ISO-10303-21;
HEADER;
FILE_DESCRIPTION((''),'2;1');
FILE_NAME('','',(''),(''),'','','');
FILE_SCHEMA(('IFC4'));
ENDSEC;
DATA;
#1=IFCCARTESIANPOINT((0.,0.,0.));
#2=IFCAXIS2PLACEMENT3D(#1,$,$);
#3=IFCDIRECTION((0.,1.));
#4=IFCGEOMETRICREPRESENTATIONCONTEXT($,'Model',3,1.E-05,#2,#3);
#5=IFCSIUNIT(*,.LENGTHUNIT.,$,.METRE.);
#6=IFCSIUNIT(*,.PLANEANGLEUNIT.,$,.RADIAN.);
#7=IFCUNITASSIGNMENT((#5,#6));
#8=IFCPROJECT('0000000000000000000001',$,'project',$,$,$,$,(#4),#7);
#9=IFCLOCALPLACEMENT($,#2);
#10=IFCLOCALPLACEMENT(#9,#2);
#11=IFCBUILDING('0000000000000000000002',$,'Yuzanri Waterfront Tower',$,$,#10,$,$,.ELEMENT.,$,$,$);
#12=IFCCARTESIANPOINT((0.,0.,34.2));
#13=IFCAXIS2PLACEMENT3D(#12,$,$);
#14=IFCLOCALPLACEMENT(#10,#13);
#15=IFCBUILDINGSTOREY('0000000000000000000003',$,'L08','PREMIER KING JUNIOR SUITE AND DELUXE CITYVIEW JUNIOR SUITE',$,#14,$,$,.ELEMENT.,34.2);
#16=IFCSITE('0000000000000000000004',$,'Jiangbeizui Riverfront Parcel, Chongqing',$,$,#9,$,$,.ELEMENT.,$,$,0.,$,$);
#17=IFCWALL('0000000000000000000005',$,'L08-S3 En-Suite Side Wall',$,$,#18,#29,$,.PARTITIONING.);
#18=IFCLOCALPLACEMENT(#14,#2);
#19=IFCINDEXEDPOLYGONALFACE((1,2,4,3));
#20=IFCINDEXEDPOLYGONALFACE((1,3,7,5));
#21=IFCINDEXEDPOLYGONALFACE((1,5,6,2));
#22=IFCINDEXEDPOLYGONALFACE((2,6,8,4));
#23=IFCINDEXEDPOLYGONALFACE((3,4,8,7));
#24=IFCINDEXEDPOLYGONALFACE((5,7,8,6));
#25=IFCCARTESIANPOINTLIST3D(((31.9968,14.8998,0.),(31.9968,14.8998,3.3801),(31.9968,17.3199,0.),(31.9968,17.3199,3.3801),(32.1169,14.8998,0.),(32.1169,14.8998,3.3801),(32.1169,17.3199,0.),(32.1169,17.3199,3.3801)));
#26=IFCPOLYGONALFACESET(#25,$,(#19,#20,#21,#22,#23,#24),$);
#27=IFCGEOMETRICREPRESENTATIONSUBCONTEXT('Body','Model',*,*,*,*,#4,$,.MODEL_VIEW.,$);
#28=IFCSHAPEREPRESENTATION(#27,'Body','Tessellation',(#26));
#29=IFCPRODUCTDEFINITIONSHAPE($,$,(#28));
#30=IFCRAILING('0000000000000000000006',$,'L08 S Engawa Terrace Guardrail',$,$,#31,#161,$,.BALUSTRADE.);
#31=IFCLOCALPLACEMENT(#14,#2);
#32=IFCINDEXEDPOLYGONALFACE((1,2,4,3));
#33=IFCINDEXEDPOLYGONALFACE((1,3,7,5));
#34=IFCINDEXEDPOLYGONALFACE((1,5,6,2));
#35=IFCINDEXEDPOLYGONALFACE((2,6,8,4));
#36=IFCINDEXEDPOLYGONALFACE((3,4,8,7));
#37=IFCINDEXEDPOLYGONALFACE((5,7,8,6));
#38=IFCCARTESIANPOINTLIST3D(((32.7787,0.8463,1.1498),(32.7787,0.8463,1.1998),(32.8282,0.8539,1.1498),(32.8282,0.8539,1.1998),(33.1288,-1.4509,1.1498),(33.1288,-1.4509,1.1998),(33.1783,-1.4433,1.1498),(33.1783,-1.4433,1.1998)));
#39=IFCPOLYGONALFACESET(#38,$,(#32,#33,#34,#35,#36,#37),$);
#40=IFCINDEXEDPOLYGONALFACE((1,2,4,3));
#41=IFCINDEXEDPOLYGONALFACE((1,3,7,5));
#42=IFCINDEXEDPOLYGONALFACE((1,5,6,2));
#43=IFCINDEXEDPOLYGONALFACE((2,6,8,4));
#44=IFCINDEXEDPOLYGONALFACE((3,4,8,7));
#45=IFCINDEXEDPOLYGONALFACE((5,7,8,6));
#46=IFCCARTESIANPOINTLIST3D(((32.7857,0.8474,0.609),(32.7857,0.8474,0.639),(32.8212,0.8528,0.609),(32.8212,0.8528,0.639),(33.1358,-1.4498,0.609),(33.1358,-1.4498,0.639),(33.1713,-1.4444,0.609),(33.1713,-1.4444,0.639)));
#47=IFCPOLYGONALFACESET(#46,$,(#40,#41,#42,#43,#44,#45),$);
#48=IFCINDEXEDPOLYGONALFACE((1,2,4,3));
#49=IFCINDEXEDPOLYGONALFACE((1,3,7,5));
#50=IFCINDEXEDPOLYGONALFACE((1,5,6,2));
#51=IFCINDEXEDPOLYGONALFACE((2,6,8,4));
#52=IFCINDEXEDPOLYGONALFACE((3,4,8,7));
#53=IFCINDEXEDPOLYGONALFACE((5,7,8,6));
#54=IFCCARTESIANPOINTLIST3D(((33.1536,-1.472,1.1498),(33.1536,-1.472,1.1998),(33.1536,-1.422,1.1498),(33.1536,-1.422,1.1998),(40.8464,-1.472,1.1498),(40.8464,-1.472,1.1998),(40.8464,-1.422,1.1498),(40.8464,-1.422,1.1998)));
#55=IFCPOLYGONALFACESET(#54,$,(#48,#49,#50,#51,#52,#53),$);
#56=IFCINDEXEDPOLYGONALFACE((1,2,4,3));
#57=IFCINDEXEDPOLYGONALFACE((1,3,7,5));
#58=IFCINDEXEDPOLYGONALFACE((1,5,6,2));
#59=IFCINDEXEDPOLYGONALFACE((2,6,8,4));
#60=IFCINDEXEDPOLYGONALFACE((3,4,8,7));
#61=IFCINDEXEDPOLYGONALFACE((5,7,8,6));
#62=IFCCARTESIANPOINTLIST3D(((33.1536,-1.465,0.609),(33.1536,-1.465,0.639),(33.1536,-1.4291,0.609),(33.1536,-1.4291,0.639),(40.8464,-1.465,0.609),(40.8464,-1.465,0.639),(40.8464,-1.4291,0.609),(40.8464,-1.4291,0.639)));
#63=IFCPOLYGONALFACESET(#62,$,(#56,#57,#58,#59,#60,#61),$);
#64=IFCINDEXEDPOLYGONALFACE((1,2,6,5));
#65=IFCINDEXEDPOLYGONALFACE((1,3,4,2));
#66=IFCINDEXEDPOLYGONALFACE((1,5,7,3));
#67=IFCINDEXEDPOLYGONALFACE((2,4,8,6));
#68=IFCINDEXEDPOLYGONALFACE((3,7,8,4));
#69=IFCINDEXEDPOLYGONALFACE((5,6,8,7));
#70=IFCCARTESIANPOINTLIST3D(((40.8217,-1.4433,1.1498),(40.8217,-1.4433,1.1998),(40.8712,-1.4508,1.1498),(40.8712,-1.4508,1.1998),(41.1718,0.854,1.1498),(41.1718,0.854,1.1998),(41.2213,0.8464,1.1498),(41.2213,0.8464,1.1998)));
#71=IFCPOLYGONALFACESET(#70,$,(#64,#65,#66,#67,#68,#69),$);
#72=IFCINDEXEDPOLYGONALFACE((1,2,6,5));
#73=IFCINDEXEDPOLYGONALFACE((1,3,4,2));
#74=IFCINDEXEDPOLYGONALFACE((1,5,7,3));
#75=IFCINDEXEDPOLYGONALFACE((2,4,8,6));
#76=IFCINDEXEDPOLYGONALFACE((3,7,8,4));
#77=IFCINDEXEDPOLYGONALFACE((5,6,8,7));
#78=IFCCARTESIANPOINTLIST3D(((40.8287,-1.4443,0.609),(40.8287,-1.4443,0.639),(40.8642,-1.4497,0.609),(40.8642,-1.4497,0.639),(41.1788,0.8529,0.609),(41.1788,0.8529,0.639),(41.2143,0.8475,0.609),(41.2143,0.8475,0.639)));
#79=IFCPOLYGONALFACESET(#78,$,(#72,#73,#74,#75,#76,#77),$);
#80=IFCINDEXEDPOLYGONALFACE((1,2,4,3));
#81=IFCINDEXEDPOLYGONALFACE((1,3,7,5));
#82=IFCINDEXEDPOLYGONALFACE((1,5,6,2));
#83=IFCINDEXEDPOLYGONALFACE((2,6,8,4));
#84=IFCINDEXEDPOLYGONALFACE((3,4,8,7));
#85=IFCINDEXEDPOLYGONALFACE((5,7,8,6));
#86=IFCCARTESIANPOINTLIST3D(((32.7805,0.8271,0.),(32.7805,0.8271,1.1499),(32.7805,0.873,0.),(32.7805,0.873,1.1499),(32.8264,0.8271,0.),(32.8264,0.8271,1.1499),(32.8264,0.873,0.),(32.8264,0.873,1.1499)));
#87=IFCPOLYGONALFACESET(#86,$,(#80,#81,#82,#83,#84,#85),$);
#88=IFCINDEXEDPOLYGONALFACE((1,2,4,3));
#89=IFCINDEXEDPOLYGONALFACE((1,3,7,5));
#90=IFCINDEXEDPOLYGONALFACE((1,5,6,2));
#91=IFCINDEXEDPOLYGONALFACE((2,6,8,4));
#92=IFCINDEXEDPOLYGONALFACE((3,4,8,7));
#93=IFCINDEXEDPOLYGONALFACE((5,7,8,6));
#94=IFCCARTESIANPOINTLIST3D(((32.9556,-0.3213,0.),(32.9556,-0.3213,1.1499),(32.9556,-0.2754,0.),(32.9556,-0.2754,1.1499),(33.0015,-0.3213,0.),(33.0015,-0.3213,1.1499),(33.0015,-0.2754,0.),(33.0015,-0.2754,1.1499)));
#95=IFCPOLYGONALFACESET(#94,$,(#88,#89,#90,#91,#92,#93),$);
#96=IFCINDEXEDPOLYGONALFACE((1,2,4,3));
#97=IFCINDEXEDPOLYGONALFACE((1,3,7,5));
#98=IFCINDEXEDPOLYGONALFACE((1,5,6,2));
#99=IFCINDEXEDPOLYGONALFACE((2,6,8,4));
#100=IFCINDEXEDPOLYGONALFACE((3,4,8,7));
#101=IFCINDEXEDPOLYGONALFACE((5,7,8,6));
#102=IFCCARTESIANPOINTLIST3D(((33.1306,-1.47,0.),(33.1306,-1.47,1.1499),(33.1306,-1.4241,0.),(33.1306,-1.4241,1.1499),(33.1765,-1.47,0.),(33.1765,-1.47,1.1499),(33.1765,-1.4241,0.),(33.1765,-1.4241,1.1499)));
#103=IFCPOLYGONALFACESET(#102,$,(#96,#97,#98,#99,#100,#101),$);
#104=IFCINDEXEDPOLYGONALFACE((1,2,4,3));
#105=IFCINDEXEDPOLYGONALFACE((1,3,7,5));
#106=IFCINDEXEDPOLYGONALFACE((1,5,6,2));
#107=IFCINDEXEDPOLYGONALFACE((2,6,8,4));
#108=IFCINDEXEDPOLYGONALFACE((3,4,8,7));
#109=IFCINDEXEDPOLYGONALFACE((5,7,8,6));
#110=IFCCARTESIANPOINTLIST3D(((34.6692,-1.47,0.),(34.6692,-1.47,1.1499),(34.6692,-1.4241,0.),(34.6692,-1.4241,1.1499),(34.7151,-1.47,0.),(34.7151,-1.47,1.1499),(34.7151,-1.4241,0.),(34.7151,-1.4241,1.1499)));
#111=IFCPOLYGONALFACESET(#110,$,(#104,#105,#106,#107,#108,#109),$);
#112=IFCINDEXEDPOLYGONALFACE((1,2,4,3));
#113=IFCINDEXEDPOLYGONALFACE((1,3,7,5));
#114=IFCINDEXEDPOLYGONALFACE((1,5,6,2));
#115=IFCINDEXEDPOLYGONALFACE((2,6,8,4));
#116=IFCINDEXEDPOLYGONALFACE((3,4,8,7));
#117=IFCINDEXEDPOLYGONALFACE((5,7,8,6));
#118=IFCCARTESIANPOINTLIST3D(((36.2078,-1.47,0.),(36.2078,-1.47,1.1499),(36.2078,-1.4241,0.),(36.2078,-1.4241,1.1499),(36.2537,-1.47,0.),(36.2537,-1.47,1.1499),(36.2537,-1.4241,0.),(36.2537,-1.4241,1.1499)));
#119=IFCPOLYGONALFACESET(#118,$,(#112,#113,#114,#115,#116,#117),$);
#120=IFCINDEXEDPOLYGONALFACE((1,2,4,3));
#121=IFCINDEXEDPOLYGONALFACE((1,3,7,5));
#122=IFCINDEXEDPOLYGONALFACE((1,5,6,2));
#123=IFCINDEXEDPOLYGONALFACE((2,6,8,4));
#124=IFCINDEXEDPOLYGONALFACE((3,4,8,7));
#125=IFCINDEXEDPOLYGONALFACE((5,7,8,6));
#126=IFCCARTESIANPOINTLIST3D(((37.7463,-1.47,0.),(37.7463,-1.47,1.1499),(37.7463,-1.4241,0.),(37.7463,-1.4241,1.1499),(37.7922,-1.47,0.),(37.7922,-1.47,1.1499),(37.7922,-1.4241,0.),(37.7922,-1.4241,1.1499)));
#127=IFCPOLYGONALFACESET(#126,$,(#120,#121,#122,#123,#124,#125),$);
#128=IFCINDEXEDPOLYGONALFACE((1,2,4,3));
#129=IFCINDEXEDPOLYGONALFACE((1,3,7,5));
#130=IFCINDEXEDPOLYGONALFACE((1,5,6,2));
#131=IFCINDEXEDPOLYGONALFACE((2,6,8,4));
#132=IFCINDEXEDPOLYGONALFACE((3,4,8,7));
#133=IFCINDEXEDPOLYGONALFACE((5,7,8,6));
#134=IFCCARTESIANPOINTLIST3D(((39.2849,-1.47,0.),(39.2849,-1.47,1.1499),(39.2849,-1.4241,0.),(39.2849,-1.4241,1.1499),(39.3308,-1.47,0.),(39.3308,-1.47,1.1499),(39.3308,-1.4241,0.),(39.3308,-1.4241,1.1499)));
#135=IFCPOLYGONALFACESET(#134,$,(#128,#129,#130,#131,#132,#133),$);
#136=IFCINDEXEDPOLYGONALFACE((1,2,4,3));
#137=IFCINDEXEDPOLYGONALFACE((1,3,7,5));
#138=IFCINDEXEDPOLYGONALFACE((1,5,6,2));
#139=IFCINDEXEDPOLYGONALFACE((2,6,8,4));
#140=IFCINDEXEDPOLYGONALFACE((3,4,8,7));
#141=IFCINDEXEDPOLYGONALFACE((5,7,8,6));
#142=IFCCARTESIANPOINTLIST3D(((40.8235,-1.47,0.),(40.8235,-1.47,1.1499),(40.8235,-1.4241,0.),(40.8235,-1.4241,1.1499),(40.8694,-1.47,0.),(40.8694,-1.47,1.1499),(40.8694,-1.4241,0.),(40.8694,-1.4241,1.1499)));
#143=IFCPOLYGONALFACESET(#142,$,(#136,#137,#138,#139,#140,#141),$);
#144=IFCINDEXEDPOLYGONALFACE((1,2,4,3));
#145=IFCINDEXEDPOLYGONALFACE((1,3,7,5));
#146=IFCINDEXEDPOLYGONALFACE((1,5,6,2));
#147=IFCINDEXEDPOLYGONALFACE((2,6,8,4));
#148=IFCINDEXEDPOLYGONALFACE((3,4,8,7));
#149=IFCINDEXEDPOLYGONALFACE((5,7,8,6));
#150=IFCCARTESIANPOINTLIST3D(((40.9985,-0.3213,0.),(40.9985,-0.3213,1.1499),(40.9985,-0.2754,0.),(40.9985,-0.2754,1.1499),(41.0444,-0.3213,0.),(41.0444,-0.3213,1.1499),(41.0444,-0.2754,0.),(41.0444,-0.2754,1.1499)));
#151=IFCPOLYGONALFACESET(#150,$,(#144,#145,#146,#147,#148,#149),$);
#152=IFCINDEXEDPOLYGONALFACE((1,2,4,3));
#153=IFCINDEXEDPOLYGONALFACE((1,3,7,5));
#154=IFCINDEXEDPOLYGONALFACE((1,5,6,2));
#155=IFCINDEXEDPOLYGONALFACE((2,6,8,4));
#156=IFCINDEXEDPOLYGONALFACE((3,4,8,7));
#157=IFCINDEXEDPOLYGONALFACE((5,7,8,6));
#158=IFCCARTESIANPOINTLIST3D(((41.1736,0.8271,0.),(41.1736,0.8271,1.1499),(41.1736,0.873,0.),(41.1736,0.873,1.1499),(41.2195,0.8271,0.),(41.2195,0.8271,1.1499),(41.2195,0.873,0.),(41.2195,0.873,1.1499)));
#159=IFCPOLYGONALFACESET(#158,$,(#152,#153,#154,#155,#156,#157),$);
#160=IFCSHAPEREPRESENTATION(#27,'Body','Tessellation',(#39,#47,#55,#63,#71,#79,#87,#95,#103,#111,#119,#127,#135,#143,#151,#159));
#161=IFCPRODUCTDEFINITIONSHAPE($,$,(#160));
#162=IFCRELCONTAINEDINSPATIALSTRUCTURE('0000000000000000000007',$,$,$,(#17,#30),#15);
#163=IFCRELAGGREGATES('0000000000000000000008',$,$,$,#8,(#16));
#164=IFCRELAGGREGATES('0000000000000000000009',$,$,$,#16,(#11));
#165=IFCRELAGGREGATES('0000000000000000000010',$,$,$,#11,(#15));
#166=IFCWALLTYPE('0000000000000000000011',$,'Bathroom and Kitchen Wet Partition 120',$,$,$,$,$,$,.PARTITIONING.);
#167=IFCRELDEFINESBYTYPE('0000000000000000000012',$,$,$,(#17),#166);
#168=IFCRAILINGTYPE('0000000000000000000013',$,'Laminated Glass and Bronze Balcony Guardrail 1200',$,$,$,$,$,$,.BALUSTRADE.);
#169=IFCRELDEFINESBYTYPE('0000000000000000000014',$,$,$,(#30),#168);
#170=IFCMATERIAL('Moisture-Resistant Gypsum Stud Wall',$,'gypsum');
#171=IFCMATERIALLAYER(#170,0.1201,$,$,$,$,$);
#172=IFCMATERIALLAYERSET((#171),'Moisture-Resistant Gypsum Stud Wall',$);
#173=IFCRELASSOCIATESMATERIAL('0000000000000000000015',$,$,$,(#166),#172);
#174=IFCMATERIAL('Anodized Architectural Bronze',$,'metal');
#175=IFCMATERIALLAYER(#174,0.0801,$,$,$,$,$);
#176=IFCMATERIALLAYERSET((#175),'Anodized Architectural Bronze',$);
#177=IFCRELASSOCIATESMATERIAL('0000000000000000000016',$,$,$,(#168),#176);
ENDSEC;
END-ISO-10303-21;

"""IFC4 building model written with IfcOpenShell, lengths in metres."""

from ifc_helpers import new_model, si_unit, direction, frame, frame_2d, origin, origin_2d, place, context, subcontext, project, spatial, rectangle, extrude, source, transform, mapped, material, layer, layer_set, type_object, element, save


model = new_model("IFC4")

# Units and contexts
model_context = context("Model", 3, precision=1e-05, world=origin(), true_north=direction((0.0, 1.0)))
body_context = subcontext(model_context, "Body", "Model", "MODEL_VIEW")
ifc_project = project(units=[si_unit("LENGTHUNIT", "METRE"), si_unit("PLANEANGLEUNIT", "RADIAN")], contexts=[model_context])

# Site, building, storey
site_placement = place(None, origin())
site = spatial("IfcSite", under=ifc_project, at=site_placement, Name="Jiangbeizui Riverfront Parcel, Chongqing", CompositionType="ELEMENT", RefElevation=0.0)
building_placement = place(site_placement, origin())
building = spatial("IfcBuilding", under=site, at=building_placement, Name="Yuzanri Waterfront Tower", CompositionType="ELEMENT")
storey_placement = place(building_placement, frame((0.0, 0.0, 34.2)))
storey = spatial("IfcBuildingStorey", under=building, at=storey_placement, Name="L08", Description="PREMIER KING JUNIOR SUITE AND DELUXE CITYVIEW JUNIOR SUITE", CompositionType="ELEMENT", Elevation=34.2)

# Shared definitions
ifc_material_1 = material(Name="Moisture-Resistant Gypsum Stud Wall", Category="gypsum")
ifc_layer_1 = layer(ifc_material_1, 0.1201)
ifc_layer_set_1 = layer_set([ifc_layer_1], Name="Moisture-Resistant Gypsum Stud Wall")
wall_type_1 = type_object("IfcWallType", Name="Bathroom and Kitchen Wet Partition 120", PredefinedType="PARTITIONING", material=ifc_layer_set_1)

# Wall
shared_shape_1 = source(origin(), body_context, "Body", "SweptSolid", [
    extrude(rectangle(XDim=2.4202, YDim=0.1201, at=frame_2d((1.21, 0.0))), origin(), (0.0, 0.0, 1.0), 3.3801),
])
for number, where, z_axis, x_axis, name in (
    (1, (32.0569, 14.8999, 0.0), (0.0, 0.0, 1.0), (0.0, 1.0, 0.0), "L08-S3 En-Suite Side Wall"),
):
    element("IfcWall", number, at=place(storey_placement, frame(where, z_axis=z_axis, x_axis=x_axis)), inside=storey, type_object=wall_type_1, Name=name, PredefinedType="PARTITIONING", context=body_context, shape_type="MappedRepresentation", body=[
        mapped(shared_shape_1, transform((0.0, 0.0, 0.0), scale=1.0)),
    ])

# Railing
ifc_material_2 = material(Name="Anodized Architectural Bronze", Category="metal")
ifc_layer_2 = layer(ifc_material_2, 0.0801)
ifc_layer_set_2 = layer_set([ifc_layer_2], Name="Anodized Architectural Bronze")
railing_type = type_object("IfcRailingType", Name="Laminated Glass and Bronze Balcony Guardrail 1200", PredefinedType="BALUSTRADE", material=ifc_layer_set_2)
shared_shape_2 = source(origin(), body_context, "Body", "SweptSolid", [
    extrude(rectangle(XDim=0.05, YDim=0.05, at=origin_2d()), frame((0.0, 0.0, 1.1748), z_axis=(0.150667, -0.988585, 0.0), x_axis=(0.988585, 0.150667, 0.0)), (0.0, 0.0, 1.0), 2.3237),
    extrude(rectangle(XDim=0.0359, YDim=0.03, at=origin_2d()), frame((0.0, 0.0, 0.624), z_axis=(0.150667, -0.988585, 0.0), x_axis=(0.988585, 0.150667, 0.0)), (0.0, 0.0, 1.0), 2.3237),
    extrude(rectangle(XDim=0.05, YDim=0.05, at=origin_2d()), frame((0.3501, -2.2971, 1.1748), z_axis=(1.0, 0.0, 0.0), x_axis=(0.0, 1.0, 0.0)), (0.0, 0.0, 1.0), 7.6929),
    extrude(rectangle(XDim=0.0359, YDim=0.03, at=origin_2d()), frame((0.3501, -2.2971, 0.624), z_axis=(1.0, 0.0, 0.0), x_axis=(0.0, 1.0, 0.0)), (0.0, 0.0, 1.0), 7.6929),
    extrude(rectangle(XDim=0.05, YDim=0.05, at=origin_2d()), frame((8.043, -2.2971, 1.1748), z_axis=(0.150667, 0.988585, 0.0), x_axis=(-0.988585, 0.150667, 0.0)), (0.0, 0.0, 1.0), 2.3237),
    extrude(rectangle(XDim=0.0359, YDim=0.03, at=origin_2d()), frame((8.043, -2.2971, 0.624), z_axis=(0.150667, 0.988585, 0.0), x_axis=(-0.988585, 0.150667, 0.0)), (0.0, 0.0, 1.0), 2.3237),
    extrude(rectangle(XDim=0.0459, YDim=0.0459, at=origin_2d()), origin(), (0.0, 0.0, 1.0), 1.1499),
    extrude(rectangle(XDim=0.0459, YDim=0.0459, at=origin_2d()), frame((0.175, -1.1484, 0.0)), (0.0, 0.0, 1.0), 1.1499),
    extrude(rectangle(XDim=0.0459, YDim=0.0459, at=origin_2d()), frame((0.3501, -2.2971, 0.0)), (0.0, 0.0, 1.0), 1.1499),
    extrude(rectangle(XDim=0.0459, YDim=0.0459, at=origin_2d()), frame((1.8887, -2.2971, 0.0)), (0.0, 0.0, 1.0), 1.1499),
    extrude(rectangle(XDim=0.0459, YDim=0.0459, at=origin_2d()), frame((3.4272, -2.2971, 0.0)), (0.0, 0.0, 1.0), 1.1499),
    extrude(rectangle(XDim=0.0459, YDim=0.0459, at=origin_2d()), frame((4.9658, -2.2971, 0.0)), (0.0, 0.0, 1.0), 1.1499),
    extrude(rectangle(XDim=0.0459, YDim=0.0459, at=origin_2d()), frame((6.5044, -2.2971, 0.0)), (0.0, 0.0, 1.0), 1.1499),
    extrude(rectangle(XDim=0.0459, YDim=0.0459, at=origin_2d()), frame((8.043, -2.2971, 0.0)), (0.0, 0.0, 1.0), 1.1499),
    extrude(rectangle(XDim=0.0459, YDim=0.0459, at=origin_2d()), frame((8.218, -1.1484, 0.0)), (0.0, 0.0, 1.0), 1.1499),
    extrude(rectangle(XDim=0.0459, YDim=0.0459, at=origin_2d()), frame((8.3931, 0.0, 0.0)), (0.0, 0.0, 1.0), 1.1499),
])
railing_placement = place(storey_placement, frame((32.8035, 0.8501, 0.0)))
element("IfcRailing", 2, at=railing_placement, inside=storey, type_object=railing_type, Name="L08 S Engawa Terrace Guardrail", PredefinedType="BALUSTRADE", context=body_context, shape_type="MappedRepresentation", body=[
    mapped(shared_shape_2, transform((0.0, 0.0, 0.0), scale=1.0)),
])

save(model, "model.ifc")
